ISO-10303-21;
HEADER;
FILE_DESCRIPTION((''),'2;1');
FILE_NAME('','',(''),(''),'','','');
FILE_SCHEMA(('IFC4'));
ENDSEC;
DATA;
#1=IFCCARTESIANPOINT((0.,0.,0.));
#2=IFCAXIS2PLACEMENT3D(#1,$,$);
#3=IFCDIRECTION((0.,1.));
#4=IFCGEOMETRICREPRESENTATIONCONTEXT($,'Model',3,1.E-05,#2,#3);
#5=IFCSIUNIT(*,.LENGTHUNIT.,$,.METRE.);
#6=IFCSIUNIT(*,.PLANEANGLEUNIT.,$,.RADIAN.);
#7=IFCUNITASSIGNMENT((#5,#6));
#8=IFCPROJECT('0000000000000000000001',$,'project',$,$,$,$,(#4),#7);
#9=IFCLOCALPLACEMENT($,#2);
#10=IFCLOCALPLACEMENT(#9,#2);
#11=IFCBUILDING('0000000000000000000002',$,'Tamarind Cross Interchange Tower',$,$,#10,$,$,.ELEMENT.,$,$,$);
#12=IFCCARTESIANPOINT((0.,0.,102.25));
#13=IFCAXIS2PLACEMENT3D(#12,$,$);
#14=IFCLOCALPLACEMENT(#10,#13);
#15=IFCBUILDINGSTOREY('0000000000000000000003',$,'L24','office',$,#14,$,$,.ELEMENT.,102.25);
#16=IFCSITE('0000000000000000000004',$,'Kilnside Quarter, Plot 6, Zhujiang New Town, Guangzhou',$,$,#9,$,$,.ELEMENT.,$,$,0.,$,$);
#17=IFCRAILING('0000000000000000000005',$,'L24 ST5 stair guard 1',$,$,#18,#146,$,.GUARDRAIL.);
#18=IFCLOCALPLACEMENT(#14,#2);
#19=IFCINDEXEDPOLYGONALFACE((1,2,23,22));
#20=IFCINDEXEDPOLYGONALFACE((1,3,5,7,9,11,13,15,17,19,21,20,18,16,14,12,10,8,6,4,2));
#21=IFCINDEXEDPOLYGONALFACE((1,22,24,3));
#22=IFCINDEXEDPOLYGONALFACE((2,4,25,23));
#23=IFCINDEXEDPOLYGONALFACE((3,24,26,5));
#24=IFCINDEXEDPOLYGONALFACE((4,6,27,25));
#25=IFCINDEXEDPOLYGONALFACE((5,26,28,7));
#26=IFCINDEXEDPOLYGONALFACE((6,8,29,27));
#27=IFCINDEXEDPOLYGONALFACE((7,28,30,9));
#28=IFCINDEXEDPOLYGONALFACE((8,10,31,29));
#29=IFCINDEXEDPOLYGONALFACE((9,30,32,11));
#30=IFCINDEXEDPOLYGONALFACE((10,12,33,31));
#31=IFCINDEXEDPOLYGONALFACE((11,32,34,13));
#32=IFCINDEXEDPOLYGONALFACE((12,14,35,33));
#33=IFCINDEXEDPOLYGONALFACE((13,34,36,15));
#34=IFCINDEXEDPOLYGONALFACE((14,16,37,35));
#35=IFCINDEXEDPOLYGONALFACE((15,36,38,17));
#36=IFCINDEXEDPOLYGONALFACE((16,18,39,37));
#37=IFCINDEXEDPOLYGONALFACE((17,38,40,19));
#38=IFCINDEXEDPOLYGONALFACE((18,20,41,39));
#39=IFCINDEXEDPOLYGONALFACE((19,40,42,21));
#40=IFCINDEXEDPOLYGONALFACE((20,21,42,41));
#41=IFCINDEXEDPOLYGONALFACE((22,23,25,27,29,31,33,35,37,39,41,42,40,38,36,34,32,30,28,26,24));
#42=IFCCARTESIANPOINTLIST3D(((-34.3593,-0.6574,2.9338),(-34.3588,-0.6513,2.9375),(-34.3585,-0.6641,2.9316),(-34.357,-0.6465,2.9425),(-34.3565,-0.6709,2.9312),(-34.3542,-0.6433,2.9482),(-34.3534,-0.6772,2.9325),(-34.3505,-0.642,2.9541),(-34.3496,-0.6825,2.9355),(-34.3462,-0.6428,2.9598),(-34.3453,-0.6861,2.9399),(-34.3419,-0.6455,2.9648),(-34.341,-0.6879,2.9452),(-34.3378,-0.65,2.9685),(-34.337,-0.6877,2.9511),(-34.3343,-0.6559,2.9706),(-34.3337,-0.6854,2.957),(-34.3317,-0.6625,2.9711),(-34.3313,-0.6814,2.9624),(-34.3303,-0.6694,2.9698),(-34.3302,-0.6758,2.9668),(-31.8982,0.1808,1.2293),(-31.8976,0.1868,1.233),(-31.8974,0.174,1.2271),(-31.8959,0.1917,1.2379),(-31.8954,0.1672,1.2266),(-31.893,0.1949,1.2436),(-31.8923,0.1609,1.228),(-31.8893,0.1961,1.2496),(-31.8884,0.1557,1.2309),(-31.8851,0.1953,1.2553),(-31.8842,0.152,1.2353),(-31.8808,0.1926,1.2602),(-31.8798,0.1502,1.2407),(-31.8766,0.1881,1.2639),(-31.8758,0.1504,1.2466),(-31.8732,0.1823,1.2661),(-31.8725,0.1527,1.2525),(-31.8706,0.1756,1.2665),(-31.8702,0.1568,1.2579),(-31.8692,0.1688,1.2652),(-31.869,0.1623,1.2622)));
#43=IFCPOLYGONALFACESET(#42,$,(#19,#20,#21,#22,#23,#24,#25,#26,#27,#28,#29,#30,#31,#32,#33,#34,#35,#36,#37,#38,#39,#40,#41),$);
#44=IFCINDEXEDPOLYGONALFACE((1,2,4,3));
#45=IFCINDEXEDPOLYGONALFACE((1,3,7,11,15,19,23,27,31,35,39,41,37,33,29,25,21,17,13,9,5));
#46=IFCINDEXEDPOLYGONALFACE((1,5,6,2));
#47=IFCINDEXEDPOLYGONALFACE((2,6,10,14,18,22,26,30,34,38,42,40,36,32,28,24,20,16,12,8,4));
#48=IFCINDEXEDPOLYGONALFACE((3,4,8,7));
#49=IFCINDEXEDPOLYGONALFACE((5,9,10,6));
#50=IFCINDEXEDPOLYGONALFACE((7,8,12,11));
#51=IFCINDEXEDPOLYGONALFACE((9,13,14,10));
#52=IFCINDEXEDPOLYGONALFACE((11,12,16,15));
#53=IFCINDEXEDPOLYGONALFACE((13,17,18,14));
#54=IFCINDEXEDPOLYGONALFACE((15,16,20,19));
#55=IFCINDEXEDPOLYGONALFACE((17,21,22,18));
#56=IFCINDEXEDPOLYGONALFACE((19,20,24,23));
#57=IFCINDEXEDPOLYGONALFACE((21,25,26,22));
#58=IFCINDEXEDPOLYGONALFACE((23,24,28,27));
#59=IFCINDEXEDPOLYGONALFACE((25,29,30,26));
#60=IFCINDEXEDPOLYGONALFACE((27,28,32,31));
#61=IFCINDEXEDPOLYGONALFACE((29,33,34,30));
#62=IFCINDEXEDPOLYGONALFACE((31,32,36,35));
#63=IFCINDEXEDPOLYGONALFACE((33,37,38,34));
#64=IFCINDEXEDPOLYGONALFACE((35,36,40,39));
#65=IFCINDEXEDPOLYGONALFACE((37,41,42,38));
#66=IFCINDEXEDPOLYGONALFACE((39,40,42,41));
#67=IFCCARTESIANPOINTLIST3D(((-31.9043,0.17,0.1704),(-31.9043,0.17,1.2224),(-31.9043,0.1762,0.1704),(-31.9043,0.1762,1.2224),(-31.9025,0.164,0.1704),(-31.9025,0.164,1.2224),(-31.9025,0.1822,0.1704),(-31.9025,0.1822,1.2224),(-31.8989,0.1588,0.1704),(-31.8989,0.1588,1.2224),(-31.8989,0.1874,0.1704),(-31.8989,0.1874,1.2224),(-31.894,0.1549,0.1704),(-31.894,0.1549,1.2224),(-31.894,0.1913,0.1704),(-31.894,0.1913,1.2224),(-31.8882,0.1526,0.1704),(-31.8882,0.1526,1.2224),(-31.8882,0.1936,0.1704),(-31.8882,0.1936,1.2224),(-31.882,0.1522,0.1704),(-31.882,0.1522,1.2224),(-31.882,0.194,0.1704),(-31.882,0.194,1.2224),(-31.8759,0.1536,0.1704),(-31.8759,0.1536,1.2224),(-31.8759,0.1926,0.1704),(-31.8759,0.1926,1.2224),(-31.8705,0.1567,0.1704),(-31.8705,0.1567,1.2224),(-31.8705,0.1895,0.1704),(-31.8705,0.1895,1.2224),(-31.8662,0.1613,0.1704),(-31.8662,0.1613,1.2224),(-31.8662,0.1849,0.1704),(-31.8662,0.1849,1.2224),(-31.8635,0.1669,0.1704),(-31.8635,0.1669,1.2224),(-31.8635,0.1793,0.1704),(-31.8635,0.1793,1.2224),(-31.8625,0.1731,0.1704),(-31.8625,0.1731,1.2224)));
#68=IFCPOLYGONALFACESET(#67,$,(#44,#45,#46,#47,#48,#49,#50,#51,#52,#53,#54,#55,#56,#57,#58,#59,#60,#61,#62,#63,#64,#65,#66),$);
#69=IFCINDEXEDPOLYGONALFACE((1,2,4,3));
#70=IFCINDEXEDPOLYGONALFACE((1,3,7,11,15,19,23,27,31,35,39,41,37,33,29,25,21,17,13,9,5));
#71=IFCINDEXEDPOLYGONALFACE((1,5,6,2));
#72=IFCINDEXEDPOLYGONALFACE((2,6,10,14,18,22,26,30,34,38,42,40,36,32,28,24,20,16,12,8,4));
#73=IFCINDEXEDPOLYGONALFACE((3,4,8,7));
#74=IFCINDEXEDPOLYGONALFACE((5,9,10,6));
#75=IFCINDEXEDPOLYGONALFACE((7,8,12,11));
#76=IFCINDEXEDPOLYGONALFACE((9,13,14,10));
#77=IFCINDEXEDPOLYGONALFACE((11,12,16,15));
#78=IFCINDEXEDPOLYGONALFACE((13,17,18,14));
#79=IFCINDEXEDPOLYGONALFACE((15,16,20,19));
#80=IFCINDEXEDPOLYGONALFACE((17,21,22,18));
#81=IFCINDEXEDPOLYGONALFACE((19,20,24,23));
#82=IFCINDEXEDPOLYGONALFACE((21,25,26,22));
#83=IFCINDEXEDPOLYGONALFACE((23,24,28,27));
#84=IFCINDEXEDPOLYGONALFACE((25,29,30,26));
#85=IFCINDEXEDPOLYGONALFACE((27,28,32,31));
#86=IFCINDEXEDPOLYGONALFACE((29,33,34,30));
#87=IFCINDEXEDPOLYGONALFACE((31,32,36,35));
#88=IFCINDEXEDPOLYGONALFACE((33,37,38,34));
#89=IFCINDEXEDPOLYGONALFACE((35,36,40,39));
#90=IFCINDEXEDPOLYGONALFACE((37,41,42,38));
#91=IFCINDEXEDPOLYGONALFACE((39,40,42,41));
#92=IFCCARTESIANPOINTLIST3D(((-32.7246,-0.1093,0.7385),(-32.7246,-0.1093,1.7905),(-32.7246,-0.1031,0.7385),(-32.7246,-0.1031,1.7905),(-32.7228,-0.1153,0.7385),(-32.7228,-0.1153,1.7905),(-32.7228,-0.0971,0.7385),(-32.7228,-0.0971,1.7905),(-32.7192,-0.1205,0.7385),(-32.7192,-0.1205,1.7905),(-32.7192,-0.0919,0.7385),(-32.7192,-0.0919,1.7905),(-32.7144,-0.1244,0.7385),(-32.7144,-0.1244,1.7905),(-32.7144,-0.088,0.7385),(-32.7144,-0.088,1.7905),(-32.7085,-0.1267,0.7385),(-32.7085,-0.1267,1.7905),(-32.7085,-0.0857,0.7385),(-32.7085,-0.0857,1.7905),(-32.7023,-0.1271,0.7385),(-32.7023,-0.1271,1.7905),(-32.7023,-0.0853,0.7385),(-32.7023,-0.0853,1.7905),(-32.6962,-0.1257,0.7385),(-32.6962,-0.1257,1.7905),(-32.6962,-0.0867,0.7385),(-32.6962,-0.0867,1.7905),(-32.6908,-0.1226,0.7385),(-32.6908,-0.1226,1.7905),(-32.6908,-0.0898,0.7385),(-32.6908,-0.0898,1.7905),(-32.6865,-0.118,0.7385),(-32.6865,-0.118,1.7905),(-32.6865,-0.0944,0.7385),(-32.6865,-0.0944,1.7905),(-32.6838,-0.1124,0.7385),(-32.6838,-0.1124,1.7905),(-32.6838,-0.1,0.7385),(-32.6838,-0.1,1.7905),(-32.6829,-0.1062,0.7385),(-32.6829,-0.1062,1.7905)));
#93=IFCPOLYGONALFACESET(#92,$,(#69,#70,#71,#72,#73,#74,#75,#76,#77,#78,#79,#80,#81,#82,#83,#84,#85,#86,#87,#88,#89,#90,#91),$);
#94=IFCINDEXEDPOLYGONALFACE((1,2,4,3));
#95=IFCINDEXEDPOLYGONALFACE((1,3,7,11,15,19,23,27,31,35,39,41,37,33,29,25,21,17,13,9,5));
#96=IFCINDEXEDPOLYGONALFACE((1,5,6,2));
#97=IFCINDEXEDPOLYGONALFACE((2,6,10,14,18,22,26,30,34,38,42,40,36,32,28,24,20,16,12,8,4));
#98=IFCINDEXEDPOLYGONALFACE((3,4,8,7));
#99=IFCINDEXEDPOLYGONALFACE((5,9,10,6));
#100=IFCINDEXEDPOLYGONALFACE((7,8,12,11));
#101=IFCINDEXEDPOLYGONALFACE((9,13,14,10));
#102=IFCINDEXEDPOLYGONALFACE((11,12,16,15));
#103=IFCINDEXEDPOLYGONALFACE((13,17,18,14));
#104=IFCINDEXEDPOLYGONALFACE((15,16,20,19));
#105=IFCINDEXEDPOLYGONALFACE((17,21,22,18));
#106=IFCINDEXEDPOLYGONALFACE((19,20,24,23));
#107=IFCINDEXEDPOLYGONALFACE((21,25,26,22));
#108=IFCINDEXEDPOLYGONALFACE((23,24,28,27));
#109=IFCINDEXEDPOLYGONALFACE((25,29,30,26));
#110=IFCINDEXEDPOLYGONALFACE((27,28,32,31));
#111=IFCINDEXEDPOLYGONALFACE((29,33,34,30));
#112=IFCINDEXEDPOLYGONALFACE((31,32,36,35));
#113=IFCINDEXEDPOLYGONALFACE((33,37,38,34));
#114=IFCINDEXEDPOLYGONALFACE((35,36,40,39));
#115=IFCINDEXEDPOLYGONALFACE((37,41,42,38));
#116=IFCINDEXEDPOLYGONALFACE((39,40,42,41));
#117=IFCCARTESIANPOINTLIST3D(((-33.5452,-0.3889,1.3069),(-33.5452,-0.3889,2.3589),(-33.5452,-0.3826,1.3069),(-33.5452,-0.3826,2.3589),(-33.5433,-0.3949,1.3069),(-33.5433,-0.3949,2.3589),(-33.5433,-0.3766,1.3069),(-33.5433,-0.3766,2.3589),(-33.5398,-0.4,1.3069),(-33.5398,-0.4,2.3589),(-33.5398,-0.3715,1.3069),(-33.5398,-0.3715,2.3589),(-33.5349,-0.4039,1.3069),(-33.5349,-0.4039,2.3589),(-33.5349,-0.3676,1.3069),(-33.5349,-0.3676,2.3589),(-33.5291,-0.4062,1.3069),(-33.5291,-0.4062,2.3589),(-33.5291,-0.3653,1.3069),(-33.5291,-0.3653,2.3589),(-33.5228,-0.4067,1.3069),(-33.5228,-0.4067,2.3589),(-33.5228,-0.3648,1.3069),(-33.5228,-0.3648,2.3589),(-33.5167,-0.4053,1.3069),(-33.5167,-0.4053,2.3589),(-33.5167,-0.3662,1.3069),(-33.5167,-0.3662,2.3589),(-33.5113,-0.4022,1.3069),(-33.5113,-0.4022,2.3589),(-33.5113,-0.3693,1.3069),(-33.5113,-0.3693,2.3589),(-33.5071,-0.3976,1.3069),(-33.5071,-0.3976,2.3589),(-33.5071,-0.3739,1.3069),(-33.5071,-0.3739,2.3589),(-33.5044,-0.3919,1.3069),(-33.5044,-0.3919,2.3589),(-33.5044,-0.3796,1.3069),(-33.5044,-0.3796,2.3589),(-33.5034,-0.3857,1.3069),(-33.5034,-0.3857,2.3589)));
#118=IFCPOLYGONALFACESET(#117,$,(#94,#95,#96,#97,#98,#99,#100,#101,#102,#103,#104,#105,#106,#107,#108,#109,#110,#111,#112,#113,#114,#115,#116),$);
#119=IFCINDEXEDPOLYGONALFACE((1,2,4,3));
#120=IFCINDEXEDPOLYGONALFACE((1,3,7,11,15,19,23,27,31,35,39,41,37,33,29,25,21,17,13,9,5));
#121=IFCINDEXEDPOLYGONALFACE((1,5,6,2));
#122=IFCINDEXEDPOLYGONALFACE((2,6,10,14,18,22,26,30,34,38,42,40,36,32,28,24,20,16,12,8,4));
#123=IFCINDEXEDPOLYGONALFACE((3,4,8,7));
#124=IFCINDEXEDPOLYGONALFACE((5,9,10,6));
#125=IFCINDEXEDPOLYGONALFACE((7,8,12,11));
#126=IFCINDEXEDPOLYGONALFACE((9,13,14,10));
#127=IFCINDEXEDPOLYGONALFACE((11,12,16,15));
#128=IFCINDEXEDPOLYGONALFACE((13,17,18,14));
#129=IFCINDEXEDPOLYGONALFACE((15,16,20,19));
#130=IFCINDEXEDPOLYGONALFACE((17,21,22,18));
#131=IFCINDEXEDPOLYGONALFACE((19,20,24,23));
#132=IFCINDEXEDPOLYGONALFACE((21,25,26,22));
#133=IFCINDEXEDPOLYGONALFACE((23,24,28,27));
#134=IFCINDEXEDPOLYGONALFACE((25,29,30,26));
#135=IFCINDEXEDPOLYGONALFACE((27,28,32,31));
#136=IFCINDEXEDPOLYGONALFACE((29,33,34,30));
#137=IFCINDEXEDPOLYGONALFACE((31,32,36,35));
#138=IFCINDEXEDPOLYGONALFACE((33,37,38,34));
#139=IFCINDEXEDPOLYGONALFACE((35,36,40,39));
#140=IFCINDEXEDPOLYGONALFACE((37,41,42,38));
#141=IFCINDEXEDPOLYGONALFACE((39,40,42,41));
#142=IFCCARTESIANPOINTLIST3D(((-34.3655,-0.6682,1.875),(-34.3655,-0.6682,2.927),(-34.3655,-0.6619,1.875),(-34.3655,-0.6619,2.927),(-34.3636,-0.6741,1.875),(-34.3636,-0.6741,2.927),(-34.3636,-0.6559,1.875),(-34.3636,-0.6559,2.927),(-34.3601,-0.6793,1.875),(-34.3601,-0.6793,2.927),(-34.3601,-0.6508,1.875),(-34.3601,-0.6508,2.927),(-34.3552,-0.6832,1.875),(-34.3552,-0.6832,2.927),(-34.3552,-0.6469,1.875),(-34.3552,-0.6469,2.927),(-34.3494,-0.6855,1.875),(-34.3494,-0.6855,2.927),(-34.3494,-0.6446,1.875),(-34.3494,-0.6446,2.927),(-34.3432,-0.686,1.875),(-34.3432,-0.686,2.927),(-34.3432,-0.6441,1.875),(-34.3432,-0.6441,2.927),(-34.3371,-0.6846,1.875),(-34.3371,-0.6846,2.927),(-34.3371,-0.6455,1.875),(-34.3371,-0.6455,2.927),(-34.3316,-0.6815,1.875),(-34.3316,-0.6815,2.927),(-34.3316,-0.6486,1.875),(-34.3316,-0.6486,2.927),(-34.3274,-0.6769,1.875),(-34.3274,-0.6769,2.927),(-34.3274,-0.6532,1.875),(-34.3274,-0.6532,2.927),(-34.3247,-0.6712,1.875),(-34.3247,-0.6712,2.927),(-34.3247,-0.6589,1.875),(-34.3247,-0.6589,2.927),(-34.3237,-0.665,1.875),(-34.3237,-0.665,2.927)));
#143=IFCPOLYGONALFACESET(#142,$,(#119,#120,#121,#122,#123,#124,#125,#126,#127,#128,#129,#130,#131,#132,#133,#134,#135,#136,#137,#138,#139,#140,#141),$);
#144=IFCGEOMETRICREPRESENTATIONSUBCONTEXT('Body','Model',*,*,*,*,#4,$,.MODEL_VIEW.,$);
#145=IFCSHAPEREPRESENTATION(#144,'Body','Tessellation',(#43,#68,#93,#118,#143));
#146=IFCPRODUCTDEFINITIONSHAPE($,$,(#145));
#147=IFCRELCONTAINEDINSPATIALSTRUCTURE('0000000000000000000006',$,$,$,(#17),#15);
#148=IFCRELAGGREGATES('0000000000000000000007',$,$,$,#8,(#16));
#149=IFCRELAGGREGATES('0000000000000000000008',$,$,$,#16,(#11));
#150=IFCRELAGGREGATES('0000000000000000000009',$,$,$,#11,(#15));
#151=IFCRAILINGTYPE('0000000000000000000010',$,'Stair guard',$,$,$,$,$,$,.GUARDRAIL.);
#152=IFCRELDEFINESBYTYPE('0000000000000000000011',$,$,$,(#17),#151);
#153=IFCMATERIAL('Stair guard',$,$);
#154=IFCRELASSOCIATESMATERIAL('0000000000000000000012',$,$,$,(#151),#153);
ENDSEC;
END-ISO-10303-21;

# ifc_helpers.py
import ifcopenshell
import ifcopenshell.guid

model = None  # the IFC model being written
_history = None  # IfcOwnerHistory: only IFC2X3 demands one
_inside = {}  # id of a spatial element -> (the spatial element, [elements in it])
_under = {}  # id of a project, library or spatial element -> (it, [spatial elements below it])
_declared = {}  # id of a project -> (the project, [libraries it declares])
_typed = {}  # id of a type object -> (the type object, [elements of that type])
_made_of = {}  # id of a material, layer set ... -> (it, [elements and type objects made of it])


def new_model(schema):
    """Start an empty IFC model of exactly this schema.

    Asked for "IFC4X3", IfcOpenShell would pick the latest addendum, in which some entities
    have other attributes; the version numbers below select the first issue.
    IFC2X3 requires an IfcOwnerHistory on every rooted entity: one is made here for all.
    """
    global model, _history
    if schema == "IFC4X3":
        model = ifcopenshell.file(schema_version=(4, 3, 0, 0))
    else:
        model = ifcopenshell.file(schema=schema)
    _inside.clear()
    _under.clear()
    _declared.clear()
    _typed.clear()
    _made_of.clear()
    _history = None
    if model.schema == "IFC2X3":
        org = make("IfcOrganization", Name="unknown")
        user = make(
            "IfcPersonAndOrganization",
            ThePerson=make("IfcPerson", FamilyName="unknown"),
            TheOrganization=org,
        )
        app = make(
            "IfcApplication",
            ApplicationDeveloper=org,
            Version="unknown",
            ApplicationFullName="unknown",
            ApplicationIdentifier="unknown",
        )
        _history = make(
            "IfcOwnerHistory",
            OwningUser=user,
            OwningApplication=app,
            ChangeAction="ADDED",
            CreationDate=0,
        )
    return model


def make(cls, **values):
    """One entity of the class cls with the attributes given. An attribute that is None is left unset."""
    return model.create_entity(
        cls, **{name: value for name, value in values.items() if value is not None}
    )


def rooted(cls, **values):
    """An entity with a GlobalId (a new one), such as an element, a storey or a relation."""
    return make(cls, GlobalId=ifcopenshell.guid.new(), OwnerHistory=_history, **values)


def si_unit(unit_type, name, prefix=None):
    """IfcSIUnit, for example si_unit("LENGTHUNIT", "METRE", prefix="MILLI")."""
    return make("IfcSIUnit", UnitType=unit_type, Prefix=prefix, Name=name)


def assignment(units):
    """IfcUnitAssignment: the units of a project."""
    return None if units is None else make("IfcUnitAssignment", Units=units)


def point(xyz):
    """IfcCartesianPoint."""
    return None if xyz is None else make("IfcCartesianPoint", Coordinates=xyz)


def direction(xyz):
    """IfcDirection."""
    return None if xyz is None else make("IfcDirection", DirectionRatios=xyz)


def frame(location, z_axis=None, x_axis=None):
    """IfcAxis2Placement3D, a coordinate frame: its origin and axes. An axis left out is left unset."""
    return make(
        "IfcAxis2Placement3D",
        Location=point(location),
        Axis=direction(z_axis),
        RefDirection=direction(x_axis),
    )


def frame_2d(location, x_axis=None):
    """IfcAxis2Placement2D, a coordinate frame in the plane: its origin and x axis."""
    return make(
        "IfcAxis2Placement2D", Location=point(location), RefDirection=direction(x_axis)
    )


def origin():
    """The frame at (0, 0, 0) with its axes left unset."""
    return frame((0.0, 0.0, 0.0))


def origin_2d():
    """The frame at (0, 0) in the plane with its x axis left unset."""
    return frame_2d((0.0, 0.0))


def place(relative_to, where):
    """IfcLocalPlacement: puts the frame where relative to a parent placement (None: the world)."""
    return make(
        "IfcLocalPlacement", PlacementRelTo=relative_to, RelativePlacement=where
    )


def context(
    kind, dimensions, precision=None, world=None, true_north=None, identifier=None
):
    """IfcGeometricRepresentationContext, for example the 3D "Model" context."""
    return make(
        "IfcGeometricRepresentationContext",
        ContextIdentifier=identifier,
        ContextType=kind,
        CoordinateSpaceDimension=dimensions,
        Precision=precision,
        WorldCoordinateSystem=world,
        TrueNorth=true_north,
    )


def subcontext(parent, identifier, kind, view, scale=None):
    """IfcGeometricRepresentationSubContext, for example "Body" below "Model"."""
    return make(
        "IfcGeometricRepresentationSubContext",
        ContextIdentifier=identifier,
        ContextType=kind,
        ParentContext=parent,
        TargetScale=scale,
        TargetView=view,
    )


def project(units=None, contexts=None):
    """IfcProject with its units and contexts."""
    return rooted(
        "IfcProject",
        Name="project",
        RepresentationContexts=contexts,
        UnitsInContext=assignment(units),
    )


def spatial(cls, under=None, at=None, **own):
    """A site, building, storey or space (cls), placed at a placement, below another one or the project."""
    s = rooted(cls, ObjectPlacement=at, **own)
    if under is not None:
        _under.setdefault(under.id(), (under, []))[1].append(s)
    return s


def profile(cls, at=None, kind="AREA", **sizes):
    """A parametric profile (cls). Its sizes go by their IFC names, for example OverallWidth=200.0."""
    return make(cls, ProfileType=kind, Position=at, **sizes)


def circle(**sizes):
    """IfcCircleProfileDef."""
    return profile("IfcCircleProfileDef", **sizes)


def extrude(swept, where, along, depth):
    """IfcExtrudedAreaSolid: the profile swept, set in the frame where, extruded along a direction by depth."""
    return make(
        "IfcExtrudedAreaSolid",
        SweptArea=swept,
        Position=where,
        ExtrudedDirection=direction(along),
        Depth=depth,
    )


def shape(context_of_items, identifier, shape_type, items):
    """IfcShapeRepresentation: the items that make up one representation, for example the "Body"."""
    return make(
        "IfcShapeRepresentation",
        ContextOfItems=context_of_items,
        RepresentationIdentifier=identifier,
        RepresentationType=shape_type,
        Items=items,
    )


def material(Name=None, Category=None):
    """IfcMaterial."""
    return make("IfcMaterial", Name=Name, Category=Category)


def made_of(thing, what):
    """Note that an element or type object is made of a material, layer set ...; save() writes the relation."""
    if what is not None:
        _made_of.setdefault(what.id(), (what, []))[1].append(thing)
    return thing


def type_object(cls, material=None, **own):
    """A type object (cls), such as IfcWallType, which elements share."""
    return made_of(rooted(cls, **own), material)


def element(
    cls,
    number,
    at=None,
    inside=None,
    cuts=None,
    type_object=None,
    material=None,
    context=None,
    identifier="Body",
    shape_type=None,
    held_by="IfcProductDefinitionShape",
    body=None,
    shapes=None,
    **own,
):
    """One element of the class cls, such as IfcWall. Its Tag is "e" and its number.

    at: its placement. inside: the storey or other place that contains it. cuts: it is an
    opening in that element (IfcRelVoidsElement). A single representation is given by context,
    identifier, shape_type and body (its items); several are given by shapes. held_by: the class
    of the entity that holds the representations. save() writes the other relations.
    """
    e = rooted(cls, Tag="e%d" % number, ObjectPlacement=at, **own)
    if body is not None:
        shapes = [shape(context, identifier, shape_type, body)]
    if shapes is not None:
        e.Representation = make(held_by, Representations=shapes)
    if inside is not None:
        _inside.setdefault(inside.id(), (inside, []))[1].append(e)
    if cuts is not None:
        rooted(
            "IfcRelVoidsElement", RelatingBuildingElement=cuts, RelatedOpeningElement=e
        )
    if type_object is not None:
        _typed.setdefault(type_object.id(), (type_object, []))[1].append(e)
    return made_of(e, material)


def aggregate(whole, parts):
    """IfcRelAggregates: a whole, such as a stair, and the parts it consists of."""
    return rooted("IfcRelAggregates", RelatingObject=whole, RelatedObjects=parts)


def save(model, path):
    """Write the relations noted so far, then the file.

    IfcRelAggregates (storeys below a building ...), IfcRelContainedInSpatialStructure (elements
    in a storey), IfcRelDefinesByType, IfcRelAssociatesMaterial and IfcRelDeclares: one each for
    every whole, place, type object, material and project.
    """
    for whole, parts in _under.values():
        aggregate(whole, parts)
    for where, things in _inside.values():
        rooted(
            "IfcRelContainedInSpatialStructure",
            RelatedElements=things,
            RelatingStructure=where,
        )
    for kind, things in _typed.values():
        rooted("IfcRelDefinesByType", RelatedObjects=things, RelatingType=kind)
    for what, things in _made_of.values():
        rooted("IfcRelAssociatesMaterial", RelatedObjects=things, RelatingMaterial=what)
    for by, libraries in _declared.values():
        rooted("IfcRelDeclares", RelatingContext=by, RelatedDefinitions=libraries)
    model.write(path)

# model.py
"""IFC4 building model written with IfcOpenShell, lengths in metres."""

from ifc_helpers import new_model, si_unit, direction, frame, origin, origin_2d, place, context, subcontext, project, spatial, circle, extrude, material, type_object, element, save


model = new_model("IFC4")

# Units and contexts
model_context = context("Model", 3, precision=1e-05, world=origin(), true_north=direction((0.0, 1.0)))
body_context = subcontext(model_context, "Body", "Model", "MODEL_VIEW")
ifc_project = project(units=[si_unit("LENGTHUNIT", "METRE"), si_unit("PLANEANGLEUNIT", "RADIAN")], contexts=[model_context])

# Site, building, storey
site_placement = place(None, origin())
site = spatial("IfcSite", under=ifc_project, at=site_placement, Name="Kilnside Quarter, Plot 6, Zhujiang New Town, Guangzhou", CompositionType="ELEMENT", RefElevation=0.0)
building_placement = place(site_placement, origin())
building = spatial("IfcBuilding", under=site, at=building_placement, Name="Tamarind Cross Interchange Tower", CompositionType="ELEMENT")
storey_placement = place(building_placement, frame((0.0, 0.0, 102.25)))
storey = spatial("IfcBuildingStorey", under=building, at=storey_placement, Name="L24", Description="office", CompositionType="ELEMENT", Elevation=102.25)

# Railing
ifc_material_1 = material(Name="Stair guard")
railing_type_1 = type_object("IfcRailingType", Name="Stair guard", PredefinedType="GUARDRAIL", material=ifc_material_1)
railing_1_placement = place(storey_placement, frame((-31.8835, 0.1731, 0.1704)))
element("IfcRailing", 1, at=railing_1_placement, inside=storey, type_object=railing_type_1, Name="L24 ST5 stair guard 1", PredefinedType="GUARDRAIL", context=body_context, shape_type="SweptSolid", body=[
    extrude(circle(Radius=0.0239, at=origin_2d()), frame((0.0, 0.0, 1.0762), z_axis=(-0.791646, -0.269589, 0.548286), x_axis=(0.322362, -0.946616, 0.0)), (0.0, 0.0, 1.0), 3.1089),
    extrude(circle(Radius=0.021, at=origin_2d()), origin(), (0.0, 0.0, 1.0), 1.052),
    extrude(circle(Radius=0.021, at=origin_2d()), frame((-0.8203, -0.2793, 0.5681)), (0.0, 0.0, 1.0), 1.052),
    extrude(circle(Radius=0.021, at=origin_2d()), frame((-1.6409, -0.5588, 1.1365)), (0.0, 0.0, 1.0), 1.052),
    extrude(circle(Radius=0.021, at=origin_2d()), frame((-2.4612, -0.8381, 1.7046)), (0.0, 0.0, 1.0), 1.052),
])

save(model, "model.ifc")
